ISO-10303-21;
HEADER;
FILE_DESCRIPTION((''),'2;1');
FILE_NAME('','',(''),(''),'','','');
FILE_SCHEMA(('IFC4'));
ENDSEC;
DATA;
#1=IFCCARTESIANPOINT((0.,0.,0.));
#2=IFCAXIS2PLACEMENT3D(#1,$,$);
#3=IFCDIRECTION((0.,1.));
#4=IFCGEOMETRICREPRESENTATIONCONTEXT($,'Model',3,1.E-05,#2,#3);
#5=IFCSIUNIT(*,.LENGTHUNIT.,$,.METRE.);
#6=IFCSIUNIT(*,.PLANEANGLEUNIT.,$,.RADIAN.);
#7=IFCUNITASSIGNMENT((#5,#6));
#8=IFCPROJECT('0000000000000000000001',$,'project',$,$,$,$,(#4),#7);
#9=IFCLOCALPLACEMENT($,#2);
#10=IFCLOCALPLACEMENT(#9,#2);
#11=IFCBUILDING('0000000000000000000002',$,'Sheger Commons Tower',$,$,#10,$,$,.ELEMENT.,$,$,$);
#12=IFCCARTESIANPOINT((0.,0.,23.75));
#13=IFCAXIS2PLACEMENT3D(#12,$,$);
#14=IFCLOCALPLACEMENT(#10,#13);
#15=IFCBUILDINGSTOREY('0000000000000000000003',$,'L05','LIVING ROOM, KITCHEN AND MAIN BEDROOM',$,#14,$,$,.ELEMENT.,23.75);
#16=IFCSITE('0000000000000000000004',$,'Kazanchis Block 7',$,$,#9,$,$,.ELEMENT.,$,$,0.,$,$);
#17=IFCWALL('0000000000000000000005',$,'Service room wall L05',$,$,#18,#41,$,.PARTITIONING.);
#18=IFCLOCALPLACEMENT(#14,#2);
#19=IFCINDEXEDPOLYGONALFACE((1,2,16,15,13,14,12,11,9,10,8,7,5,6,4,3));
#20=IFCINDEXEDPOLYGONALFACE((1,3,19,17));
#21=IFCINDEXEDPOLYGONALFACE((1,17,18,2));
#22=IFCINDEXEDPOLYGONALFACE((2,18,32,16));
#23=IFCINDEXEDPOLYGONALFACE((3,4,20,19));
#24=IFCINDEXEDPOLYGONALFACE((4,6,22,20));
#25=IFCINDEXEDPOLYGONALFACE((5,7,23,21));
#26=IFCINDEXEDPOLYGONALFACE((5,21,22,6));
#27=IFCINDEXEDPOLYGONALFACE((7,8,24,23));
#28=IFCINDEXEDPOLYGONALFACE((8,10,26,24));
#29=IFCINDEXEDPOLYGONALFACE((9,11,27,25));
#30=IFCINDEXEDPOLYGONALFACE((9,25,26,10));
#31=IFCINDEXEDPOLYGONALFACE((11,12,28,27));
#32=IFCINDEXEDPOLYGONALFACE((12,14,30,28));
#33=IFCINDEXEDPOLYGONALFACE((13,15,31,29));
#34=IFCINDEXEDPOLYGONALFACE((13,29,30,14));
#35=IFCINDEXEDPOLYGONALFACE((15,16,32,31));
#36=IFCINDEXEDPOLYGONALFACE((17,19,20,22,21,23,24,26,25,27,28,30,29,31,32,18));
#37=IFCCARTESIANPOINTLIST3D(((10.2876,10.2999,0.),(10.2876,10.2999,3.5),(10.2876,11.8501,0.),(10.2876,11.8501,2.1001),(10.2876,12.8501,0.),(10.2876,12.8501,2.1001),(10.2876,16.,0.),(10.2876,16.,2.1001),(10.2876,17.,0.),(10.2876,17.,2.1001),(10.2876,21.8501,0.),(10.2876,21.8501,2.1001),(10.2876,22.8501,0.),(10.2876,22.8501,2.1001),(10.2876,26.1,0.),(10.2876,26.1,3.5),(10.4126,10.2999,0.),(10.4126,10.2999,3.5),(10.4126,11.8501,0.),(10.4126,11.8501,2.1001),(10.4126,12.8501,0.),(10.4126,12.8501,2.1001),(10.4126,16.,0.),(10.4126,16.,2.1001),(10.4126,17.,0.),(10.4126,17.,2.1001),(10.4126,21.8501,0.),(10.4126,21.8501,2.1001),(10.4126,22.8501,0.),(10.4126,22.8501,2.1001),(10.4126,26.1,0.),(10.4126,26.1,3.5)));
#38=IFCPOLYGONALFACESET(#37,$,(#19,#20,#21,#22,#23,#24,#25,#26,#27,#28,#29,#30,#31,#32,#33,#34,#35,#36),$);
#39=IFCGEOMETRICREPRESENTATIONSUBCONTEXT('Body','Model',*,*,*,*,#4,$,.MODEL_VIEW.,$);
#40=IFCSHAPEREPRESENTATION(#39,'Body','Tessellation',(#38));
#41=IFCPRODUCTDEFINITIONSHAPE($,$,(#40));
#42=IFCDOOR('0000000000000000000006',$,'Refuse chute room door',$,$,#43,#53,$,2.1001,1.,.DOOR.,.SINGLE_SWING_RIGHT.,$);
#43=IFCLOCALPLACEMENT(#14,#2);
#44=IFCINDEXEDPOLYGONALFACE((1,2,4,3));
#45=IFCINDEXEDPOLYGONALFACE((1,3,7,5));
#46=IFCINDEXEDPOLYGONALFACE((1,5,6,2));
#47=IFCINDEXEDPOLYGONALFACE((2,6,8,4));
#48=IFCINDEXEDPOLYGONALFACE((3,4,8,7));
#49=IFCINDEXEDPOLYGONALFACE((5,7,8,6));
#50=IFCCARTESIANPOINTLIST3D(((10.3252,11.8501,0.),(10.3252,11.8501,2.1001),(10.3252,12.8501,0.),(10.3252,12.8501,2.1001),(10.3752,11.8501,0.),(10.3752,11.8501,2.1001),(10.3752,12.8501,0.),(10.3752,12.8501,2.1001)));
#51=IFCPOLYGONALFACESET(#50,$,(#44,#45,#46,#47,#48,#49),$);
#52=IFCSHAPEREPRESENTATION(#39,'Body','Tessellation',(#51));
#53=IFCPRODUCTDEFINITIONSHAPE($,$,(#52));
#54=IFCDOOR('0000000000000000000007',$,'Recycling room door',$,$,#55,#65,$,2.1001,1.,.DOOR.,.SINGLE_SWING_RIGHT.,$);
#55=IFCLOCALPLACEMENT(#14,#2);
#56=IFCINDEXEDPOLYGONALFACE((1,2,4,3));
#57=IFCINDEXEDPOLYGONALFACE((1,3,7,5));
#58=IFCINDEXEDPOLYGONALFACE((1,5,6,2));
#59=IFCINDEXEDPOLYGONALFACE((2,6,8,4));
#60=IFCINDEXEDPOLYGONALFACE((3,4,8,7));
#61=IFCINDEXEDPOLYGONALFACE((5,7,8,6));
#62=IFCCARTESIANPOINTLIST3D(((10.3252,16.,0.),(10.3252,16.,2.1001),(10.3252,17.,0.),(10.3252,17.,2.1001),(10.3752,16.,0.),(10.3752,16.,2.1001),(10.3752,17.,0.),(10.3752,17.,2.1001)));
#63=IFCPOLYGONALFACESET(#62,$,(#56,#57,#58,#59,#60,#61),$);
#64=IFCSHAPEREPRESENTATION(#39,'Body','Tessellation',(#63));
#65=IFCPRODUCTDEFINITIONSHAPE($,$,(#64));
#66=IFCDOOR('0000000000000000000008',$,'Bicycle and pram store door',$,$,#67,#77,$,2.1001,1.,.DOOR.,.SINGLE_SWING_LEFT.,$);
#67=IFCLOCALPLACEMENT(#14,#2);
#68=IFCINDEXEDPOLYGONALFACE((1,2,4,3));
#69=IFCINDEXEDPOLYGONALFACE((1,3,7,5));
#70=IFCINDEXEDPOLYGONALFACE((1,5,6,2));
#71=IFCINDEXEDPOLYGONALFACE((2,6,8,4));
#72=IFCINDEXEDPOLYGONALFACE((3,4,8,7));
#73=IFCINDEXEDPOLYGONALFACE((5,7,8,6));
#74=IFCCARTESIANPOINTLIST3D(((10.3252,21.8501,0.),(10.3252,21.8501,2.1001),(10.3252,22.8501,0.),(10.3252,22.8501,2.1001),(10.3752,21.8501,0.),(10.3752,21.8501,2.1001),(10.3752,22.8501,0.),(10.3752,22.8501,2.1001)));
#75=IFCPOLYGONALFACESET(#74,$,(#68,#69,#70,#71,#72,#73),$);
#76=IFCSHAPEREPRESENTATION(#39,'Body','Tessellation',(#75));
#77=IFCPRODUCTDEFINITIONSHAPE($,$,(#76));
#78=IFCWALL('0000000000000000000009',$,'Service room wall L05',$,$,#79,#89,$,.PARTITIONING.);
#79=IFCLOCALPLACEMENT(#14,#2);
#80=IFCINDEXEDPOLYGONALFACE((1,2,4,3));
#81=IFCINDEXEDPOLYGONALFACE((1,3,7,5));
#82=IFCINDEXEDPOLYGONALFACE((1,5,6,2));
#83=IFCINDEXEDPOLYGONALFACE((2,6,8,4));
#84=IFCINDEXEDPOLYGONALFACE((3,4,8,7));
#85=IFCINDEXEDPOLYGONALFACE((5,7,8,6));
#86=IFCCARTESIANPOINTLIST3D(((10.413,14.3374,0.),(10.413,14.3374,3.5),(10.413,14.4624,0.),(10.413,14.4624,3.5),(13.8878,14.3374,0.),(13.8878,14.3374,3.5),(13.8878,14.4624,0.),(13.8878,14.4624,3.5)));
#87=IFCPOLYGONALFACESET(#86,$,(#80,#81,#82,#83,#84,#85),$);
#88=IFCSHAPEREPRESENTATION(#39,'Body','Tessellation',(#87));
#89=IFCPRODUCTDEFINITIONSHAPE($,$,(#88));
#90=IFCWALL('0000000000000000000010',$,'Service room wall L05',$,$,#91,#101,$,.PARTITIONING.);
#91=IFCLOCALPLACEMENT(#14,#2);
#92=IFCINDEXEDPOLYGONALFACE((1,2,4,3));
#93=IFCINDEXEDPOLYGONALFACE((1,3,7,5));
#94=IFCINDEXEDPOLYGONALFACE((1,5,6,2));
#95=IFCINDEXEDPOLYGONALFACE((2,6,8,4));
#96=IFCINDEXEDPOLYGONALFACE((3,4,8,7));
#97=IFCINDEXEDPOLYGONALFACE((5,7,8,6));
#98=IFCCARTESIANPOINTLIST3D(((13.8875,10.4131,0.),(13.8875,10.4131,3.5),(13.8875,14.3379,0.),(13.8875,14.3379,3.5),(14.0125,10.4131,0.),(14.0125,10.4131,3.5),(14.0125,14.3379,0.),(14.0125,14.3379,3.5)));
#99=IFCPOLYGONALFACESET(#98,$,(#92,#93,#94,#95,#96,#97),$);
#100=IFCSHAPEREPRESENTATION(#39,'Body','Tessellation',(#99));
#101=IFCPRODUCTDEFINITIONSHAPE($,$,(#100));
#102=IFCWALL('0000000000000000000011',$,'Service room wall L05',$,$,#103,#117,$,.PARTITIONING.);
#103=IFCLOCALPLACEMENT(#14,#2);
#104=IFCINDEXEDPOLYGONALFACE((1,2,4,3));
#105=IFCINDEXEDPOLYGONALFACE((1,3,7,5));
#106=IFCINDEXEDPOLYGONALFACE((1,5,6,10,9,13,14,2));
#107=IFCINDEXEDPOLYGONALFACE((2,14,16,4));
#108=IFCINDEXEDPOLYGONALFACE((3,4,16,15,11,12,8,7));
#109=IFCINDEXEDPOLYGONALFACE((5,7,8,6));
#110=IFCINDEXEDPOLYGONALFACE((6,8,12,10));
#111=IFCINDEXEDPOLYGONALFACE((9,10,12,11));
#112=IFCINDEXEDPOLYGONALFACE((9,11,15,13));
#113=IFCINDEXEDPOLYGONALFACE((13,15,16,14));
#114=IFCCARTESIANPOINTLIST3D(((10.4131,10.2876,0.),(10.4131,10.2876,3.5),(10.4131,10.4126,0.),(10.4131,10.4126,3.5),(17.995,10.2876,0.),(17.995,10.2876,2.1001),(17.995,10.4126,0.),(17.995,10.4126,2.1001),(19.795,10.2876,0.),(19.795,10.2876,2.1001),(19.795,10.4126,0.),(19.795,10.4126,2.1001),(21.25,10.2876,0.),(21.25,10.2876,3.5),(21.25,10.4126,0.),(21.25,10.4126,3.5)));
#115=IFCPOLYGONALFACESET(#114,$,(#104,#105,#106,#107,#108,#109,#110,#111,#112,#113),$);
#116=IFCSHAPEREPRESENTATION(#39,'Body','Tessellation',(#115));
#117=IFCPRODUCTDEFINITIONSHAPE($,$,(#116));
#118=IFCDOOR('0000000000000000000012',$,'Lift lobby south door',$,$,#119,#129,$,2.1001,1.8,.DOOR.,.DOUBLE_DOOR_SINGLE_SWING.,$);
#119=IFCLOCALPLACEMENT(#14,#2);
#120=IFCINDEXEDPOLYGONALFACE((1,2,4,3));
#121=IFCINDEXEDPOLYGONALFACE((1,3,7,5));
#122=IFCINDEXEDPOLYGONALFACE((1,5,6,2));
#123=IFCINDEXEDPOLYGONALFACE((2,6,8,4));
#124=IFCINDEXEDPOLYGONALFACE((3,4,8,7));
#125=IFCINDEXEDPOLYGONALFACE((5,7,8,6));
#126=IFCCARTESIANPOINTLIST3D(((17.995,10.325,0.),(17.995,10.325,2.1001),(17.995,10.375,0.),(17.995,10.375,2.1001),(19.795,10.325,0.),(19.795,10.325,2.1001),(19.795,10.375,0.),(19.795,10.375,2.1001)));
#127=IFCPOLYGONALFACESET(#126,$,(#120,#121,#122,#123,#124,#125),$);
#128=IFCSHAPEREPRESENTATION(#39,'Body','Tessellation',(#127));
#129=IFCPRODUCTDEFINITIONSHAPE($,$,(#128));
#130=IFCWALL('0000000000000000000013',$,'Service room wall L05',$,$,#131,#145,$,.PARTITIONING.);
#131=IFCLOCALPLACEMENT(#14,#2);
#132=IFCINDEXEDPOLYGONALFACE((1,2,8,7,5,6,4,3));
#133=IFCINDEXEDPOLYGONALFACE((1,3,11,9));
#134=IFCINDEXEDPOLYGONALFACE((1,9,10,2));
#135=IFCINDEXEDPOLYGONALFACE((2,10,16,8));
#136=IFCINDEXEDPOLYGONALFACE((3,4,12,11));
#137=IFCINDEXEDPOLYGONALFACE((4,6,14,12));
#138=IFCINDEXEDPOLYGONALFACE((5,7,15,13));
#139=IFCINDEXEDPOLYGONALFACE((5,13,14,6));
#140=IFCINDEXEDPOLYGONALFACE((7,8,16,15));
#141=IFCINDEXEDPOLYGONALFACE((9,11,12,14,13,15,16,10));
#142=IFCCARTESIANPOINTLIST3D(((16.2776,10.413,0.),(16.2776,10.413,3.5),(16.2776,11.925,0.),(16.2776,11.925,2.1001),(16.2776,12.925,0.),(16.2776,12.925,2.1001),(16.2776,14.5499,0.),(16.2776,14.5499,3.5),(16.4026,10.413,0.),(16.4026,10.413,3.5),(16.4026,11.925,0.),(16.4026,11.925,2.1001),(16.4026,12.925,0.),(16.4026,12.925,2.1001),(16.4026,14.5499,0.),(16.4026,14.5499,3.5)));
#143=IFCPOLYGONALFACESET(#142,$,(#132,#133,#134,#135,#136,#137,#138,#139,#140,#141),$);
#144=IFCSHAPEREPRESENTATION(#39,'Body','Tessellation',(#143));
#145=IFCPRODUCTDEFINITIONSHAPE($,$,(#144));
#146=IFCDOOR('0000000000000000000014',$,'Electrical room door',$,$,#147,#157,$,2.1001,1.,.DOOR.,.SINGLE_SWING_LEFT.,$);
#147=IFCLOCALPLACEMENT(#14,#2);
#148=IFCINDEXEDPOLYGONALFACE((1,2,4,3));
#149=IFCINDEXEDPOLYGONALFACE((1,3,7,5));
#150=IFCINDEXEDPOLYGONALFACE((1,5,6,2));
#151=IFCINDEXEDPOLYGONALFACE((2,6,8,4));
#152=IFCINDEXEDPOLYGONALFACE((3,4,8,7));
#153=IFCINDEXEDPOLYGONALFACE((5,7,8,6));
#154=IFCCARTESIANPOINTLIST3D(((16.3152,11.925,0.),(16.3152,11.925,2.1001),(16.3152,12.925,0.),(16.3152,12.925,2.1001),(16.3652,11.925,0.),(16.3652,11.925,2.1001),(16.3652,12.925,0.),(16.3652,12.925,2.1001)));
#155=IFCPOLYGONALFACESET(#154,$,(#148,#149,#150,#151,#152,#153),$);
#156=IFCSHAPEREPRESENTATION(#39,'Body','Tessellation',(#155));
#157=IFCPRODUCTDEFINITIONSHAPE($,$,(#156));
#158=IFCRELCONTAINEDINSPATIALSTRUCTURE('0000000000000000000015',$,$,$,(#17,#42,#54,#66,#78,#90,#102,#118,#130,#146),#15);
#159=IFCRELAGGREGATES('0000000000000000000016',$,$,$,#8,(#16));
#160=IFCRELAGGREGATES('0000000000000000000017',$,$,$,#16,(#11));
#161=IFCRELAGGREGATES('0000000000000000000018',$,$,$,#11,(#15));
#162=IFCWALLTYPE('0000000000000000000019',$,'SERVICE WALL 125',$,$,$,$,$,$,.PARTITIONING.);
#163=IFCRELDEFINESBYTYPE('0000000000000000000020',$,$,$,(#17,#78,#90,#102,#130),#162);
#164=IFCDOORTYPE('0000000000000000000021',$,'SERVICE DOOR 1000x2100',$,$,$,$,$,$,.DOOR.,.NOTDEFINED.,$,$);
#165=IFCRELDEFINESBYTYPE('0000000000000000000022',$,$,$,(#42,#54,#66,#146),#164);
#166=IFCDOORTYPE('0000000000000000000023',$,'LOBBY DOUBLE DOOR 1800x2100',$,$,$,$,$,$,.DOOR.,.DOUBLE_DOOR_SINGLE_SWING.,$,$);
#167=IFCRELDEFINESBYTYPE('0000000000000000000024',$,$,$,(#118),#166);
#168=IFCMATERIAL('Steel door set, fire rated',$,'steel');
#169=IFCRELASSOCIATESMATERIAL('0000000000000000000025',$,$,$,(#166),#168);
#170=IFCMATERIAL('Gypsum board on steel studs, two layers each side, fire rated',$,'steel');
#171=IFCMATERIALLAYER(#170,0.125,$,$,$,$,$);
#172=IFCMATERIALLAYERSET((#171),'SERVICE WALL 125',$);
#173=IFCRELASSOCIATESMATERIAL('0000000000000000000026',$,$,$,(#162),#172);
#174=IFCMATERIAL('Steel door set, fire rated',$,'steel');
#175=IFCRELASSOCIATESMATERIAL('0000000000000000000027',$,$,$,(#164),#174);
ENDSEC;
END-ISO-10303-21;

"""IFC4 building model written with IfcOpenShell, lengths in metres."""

from ifc_helpers import new_model, si_unit, direction, frame, frame_2d, origin, place, context, subcontext, project, spatial, rectangle, extrude, material, layer, layer_set, type_object, element, fill, save


model = new_model("IFC4")

# Units and contexts
model_context = context("Model", 3, precision=1e-05, world=origin(), true_north=direction((0.0, 1.0)))
body_context = subcontext(model_context, "Body", "Model", "MODEL_VIEW")
ifc_project = project(units=[si_unit("LENGTHUNIT", "METRE"), si_unit("PLANEANGLEUNIT", "RADIAN")], contexts=[model_context])

# Site, building, storey
site_placement = place(None, origin())
site = spatial("IfcSite", under=ifc_project, at=site_placement, Name="Kazanchis Block 7", CompositionType="ELEMENT", RefElevation=0.0)
building_placement = place(site_placement, origin())
building = spatial("IfcBuilding", under=site, at=building_placement, Name="Sheger Commons Tower", CompositionType="ELEMENT")
storey_placement = place(building_placement, frame((0.0, 0.0, 23.75)))
storey = spatial("IfcBuildingStorey", under=building, at=storey_placement, Name="L05", Description="LIVING ROOM, KITCHEN AND MAIN BEDROOM", CompositionType="ELEMENT", Elevation=23.75)

# Shared definitions
ifc_material_1 = material(Name="Steel door set, fire rated", Category="steel")
door_type_1 = type_object("IfcDoorType", Name="LOBBY DOUBLE DOOR 1800x2100", OperationType="DOUBLE_DOOR_SINGLE_SWING", PredefinedType="DOOR", material=ifc_material_1)

# Wall, openings, doors
ifc_material_2 = material(Name="Gypsum board on steel studs, two layers each side, fire rated", Category="steel")
ifc_layer_1 = layer(ifc_material_2, 0.125)
ifc_layer_set_1 = layer_set([ifc_layer_1], Name="SERVICE WALL 125")
wall_type_1 = type_object("IfcWallType", Name="SERVICE WALL 125", PredefinedType="PARTITIONING", material=ifc_layer_set_1)
wall_1_placement = place(storey_placement, frame((10.3501, 10.3, 0.0), z_axis=(0.0, 0.0, 1.0), x_axis=(0.0, 1.0, 0.0)))
wall_1 = element("IfcWall", 1, at=wall_1_placement, inside=storey, type_object=wall_type_1, Name="Service room wall L05", PredefinedType="PARTITIONING", context=body_context, shape_type="SweptSolid", body=[
    extrude(rectangle(XDim=15.8, YDim=0.125, at=frame_2d((7.8999, 0.0))), origin(), (0.0, 0.0, 1.0), 3.5),
])
opening_1_placement = place(wall_1_placement, frame((1.55, 0.0, 0.0)))
opening_1 = element("IfcOpeningElement", 2, at=opening_1_placement, cuts=wall_1, PredefinedType="OPENING", context=body_context, shape_type="SweptSolid", body=[
    extrude(rectangle(XDim=1.0, YDim=2.1001, at=frame_2d((0.5, 1.05))), frame((0.0, 0.0725, 0.0), z_axis=(0.0, -1.0, 0.0), x_axis=(1.0, 0.0, 0.0)), (0.0, 0.0, 1.0), 0.145),
])
opening_2_placement = place(wall_1_placement, frame((5.7, 0.0, 0.0)))
opening_2 = element("IfcOpeningElement", 3, at=opening_2_placement, cuts=wall_1, PredefinedType="OPENING", context=body_context, shape_type="SweptSolid", body=[
    extrude(rectangle(XDim=1.0, YDim=2.1001, at=frame_2d((0.5, 1.05))), frame((0.0, 0.0725, 0.0), z_axis=(0.0, -1.0, 0.0), x_axis=(1.0, 0.0, 0.0)), (0.0, 0.0, 1.0), 0.145),
])
opening_3_placement = place(wall_1_placement, frame((11.55, 0.0, 0.0)))
opening_3 = element("IfcOpeningElement", 4, at=opening_3_placement, cuts=wall_1, PredefinedType="OPENING", context=body_context, shape_type="SweptSolid", body=[
    extrude(rectangle(XDim=1.0, YDim=2.1001, at=frame_2d((0.5, 1.05))), frame((0.0, 0.0725, 0.0), z_axis=(0.0, -1.0, 0.0), x_axis=(1.0, 0.0, 0.0)), (0.0, 0.0, 1.0), 0.145),
])
ifc_material_3 = material(Name="Steel door set, fire rated", Category="steel")
door_type_2 = type_object("IfcDoorType", Name="SERVICE DOOR 1000x2100", OperationType="NOTDEFINED", PredefinedType="DOOR", material=ifc_material_3)
door_1_placement = place(opening_1_placement, origin())
door_1 = element("IfcDoor", 5, at=door_1_placement, inside=storey, type_object=door_type_2, Name="Refuse chute room door", OperationType="SINGLE_SWING_RIGHT", OverallHeight=2.1001, OverallWidth=1.0, PredefinedType="DOOR", context=body_context, shape_type="SweptSolid", body=[
    extrude(rectangle(XDim=1.0, YDim=2.1001, at=frame_2d((0.5, 1.05))), frame((0.0, 0.0249, 0.0), z_axis=(0.0, -1.0, 0.0), x_axis=(1.0, 0.0, 0.0)), (0.0, 0.0, 1.0), 0.05),
])
fill(opening_1, door_1)
door_2_placement = place(opening_2_placement, origin())
door_2 = element("IfcDoor", 6, at=door_2_placement, inside=storey, type_object=door_type_2, Name="Recycling room door", OperationType="SINGLE_SWING_RIGHT", OverallHeight=2.1001, OverallWidth=1.0, PredefinedType="DOOR", context=body_context, shape_type="SweptSolid", body=[
    extrude(rectangle(XDim=1.0, YDim=2.1001, at=frame_2d((0.5, 1.05))), frame((0.0, 0.0249, 0.0), z_axis=(0.0, -1.0, 0.0), x_axis=(1.0, 0.0, 0.0)), (0.0, 0.0, 1.0), 0.05),
])
fill(opening_2, door_2)
door_3_placement = place(opening_3_placement, origin())
door_3 = element("IfcDoor", 7, at=door_3_placement, inside=storey, type_object=door_type_2, Name="Bicycle and pram store door", OperationType="SINGLE_SWING_LEFT", OverallHeight=2.1001, OverallWidth=1.0, PredefinedType="DOOR", context=body_context, shape_type="SweptSolid", body=[
    extrude(rectangle(XDim=1.0, YDim=2.1001, at=frame_2d((0.5, 1.05))), frame((0.0, 0.0249, 0.0), z_axis=(0.0, -1.0, 0.0), x_axis=(1.0, 0.0, 0.0)), (0.0, 0.0, 1.0), 0.05),
])
fill(opening_3, door_3)

# Walls
wall_2_placement = place(storey_placement, frame((10.4131, 14.3999, 0.0), z_axis=(0.0, 0.0, 1.0), x_axis=(1.0, 0.0, 0.0)))
element("IfcWall", 8, at=wall_2_placement, inside=storey, type_object=wall_type_1, Name="Service room wall L05", PredefinedType="PARTITIONING", context=body_context, shape_type="SweptSolid", body=[
    extrude(rectangle(XDim=3.4749, YDim=0.125, at=frame_2d((1.7373, 0.0))), origin(), (0.0, 0.0, 1.0), 3.5),
])
wall_3_placement = place(storey_placement, frame((13.95, 10.4131, 0.0), z_axis=(0.0, 0.0, 1.0), x_axis=(0.0, 1.0, 0.0)))
element("IfcWall", 9, at=wall_3_placement, inside=storey, type_object=wall_type_1, Name="Service room wall L05", PredefinedType="PARTITIONING", context=body_context, shape_type="SweptSolid", body=[
    extrude(rectangle(XDim=3.9248, YDim=0.125, at=frame_2d((1.9624, 0.0))), origin(), (0.0, 0.0, 1.0), 3.5),
])

# Walls, openings, doors
wall_4_placement = place(storey_placement, frame((10.4131, 10.3501, 0.0), z_axis=(0.0, 0.0, 1.0), x_axis=(1.0, 0.0, 0.0)))
wall_4 = element("IfcWall", 10, at=wall_4_placement, inside=storey, type_object=wall_type_1, Name="Service room wall L05", PredefinedType="PARTITIONING", context=body_context, shape_type="SweptSolid", body=[
    extrude(rectangle(XDim=10.8369, YDim=0.125, at=frame_2d((5.4185, 0.0))), origin(), (0.0, 0.0, 1.0), 3.5),
])
opening_4_placement = place(wall_4_placement, frame((7.582, 0.0, 0.0)))
opening_4 = element("IfcOpeningElement", 11, at=opening_4_placement, cuts=wall_4, PredefinedType="OPENING", context=body_context, shape_type="SweptSolid", body=[
    extrude(rectangle(XDim=1.8, YDim=2.1001, at=frame_2d((0.8999, 1.05))), frame((0.0, 0.0725, 0.0), z_axis=(0.0, -1.0, 0.0), x_axis=(1.0, 0.0, 0.0)), (0.0, 0.0, 1.0), 0.145),
])
door_4_placement = place(opening_4_placement, origin())
door_4 = element("IfcDoor", 12, at=door_4_placement, inside=storey, type_object=door_type_1, Name="Lift lobby south door", OperationType="DOUBLE_DOOR_SINGLE_SWING", OverallHeight=2.1001, OverallWidth=1.8, PredefinedType="DOOR", context=body_context, shape_type="SweptSolid", body=[
    extrude(rectangle(XDim=1.8, YDim=2.1001, at=frame_2d((0.8999, 1.05))), frame((0.0, 0.0249, 0.0), z_axis=(0.0, -1.0, 0.0), x_axis=(1.0, 0.0, 0.0)), (0.0, 0.0, 1.0), 0.05),
])
fill(opening_4, door_4)
wall_5_placement = place(storey_placement, frame((16.3401, 10.4131, 0.0), z_axis=(0.0, 0.0, 1.0), x_axis=(0.0, 1.0, 0.0)))
wall_5 = element("IfcWall", 13, at=wall_5_placement, inside=storey, type_object=wall_type_1, Name="Service room wall L05", PredefinedType="PARTITIONING", context=body_context, shape_type="SweptSolid", body=[
    extrude(rectangle(XDim=4.137, YDim=0.125, at=frame_2d((2.0684, 0.0))), origin(), (0.0, 0.0, 1.0), 3.5),
])
opening_5_placement = place(wall_5_placement, frame((1.512, 0.0, 0.0)))
opening_5 = element("IfcOpeningElement", 14, at=opening_5_placement, cuts=wall_5, PredefinedType="OPENING", context=body_context, shape_type="SweptSolid", body=[
    extrude(rectangle(XDim=1.0, YDim=2.1001, at=frame_2d((0.5, 1.05))), frame((0.0, 0.0725, 0.0), z_axis=(0.0, -1.0, 0.0), x_axis=(1.0, 0.0, 0.0)), (0.0, 0.0, 1.0), 0.145),
])
door_5_placement = place(opening_5_placement, origin())
door_5 = element("IfcDoor", 15, at=door_5_placement, inside=storey, type_object=door_type_2, Name="Electrical room door", OperationType="SINGLE_SWING_LEFT", OverallHeight=2.1001, OverallWidth=1.0, PredefinedType="DOOR", context=body_context, shape_type="SweptSolid", body=[
    extrude(rectangle(XDim=1.0, YDim=2.1001, at=frame_2d((0.5, 1.05))), frame((0.0, 0.0249, 0.0), z_axis=(0.0, -1.0, 0.0), x_axis=(1.0, 0.0, 0.0)), (0.0, 0.0, 1.0), 0.05),
])
fill(opening_5, door_5)

save(model, "model.ifc")
